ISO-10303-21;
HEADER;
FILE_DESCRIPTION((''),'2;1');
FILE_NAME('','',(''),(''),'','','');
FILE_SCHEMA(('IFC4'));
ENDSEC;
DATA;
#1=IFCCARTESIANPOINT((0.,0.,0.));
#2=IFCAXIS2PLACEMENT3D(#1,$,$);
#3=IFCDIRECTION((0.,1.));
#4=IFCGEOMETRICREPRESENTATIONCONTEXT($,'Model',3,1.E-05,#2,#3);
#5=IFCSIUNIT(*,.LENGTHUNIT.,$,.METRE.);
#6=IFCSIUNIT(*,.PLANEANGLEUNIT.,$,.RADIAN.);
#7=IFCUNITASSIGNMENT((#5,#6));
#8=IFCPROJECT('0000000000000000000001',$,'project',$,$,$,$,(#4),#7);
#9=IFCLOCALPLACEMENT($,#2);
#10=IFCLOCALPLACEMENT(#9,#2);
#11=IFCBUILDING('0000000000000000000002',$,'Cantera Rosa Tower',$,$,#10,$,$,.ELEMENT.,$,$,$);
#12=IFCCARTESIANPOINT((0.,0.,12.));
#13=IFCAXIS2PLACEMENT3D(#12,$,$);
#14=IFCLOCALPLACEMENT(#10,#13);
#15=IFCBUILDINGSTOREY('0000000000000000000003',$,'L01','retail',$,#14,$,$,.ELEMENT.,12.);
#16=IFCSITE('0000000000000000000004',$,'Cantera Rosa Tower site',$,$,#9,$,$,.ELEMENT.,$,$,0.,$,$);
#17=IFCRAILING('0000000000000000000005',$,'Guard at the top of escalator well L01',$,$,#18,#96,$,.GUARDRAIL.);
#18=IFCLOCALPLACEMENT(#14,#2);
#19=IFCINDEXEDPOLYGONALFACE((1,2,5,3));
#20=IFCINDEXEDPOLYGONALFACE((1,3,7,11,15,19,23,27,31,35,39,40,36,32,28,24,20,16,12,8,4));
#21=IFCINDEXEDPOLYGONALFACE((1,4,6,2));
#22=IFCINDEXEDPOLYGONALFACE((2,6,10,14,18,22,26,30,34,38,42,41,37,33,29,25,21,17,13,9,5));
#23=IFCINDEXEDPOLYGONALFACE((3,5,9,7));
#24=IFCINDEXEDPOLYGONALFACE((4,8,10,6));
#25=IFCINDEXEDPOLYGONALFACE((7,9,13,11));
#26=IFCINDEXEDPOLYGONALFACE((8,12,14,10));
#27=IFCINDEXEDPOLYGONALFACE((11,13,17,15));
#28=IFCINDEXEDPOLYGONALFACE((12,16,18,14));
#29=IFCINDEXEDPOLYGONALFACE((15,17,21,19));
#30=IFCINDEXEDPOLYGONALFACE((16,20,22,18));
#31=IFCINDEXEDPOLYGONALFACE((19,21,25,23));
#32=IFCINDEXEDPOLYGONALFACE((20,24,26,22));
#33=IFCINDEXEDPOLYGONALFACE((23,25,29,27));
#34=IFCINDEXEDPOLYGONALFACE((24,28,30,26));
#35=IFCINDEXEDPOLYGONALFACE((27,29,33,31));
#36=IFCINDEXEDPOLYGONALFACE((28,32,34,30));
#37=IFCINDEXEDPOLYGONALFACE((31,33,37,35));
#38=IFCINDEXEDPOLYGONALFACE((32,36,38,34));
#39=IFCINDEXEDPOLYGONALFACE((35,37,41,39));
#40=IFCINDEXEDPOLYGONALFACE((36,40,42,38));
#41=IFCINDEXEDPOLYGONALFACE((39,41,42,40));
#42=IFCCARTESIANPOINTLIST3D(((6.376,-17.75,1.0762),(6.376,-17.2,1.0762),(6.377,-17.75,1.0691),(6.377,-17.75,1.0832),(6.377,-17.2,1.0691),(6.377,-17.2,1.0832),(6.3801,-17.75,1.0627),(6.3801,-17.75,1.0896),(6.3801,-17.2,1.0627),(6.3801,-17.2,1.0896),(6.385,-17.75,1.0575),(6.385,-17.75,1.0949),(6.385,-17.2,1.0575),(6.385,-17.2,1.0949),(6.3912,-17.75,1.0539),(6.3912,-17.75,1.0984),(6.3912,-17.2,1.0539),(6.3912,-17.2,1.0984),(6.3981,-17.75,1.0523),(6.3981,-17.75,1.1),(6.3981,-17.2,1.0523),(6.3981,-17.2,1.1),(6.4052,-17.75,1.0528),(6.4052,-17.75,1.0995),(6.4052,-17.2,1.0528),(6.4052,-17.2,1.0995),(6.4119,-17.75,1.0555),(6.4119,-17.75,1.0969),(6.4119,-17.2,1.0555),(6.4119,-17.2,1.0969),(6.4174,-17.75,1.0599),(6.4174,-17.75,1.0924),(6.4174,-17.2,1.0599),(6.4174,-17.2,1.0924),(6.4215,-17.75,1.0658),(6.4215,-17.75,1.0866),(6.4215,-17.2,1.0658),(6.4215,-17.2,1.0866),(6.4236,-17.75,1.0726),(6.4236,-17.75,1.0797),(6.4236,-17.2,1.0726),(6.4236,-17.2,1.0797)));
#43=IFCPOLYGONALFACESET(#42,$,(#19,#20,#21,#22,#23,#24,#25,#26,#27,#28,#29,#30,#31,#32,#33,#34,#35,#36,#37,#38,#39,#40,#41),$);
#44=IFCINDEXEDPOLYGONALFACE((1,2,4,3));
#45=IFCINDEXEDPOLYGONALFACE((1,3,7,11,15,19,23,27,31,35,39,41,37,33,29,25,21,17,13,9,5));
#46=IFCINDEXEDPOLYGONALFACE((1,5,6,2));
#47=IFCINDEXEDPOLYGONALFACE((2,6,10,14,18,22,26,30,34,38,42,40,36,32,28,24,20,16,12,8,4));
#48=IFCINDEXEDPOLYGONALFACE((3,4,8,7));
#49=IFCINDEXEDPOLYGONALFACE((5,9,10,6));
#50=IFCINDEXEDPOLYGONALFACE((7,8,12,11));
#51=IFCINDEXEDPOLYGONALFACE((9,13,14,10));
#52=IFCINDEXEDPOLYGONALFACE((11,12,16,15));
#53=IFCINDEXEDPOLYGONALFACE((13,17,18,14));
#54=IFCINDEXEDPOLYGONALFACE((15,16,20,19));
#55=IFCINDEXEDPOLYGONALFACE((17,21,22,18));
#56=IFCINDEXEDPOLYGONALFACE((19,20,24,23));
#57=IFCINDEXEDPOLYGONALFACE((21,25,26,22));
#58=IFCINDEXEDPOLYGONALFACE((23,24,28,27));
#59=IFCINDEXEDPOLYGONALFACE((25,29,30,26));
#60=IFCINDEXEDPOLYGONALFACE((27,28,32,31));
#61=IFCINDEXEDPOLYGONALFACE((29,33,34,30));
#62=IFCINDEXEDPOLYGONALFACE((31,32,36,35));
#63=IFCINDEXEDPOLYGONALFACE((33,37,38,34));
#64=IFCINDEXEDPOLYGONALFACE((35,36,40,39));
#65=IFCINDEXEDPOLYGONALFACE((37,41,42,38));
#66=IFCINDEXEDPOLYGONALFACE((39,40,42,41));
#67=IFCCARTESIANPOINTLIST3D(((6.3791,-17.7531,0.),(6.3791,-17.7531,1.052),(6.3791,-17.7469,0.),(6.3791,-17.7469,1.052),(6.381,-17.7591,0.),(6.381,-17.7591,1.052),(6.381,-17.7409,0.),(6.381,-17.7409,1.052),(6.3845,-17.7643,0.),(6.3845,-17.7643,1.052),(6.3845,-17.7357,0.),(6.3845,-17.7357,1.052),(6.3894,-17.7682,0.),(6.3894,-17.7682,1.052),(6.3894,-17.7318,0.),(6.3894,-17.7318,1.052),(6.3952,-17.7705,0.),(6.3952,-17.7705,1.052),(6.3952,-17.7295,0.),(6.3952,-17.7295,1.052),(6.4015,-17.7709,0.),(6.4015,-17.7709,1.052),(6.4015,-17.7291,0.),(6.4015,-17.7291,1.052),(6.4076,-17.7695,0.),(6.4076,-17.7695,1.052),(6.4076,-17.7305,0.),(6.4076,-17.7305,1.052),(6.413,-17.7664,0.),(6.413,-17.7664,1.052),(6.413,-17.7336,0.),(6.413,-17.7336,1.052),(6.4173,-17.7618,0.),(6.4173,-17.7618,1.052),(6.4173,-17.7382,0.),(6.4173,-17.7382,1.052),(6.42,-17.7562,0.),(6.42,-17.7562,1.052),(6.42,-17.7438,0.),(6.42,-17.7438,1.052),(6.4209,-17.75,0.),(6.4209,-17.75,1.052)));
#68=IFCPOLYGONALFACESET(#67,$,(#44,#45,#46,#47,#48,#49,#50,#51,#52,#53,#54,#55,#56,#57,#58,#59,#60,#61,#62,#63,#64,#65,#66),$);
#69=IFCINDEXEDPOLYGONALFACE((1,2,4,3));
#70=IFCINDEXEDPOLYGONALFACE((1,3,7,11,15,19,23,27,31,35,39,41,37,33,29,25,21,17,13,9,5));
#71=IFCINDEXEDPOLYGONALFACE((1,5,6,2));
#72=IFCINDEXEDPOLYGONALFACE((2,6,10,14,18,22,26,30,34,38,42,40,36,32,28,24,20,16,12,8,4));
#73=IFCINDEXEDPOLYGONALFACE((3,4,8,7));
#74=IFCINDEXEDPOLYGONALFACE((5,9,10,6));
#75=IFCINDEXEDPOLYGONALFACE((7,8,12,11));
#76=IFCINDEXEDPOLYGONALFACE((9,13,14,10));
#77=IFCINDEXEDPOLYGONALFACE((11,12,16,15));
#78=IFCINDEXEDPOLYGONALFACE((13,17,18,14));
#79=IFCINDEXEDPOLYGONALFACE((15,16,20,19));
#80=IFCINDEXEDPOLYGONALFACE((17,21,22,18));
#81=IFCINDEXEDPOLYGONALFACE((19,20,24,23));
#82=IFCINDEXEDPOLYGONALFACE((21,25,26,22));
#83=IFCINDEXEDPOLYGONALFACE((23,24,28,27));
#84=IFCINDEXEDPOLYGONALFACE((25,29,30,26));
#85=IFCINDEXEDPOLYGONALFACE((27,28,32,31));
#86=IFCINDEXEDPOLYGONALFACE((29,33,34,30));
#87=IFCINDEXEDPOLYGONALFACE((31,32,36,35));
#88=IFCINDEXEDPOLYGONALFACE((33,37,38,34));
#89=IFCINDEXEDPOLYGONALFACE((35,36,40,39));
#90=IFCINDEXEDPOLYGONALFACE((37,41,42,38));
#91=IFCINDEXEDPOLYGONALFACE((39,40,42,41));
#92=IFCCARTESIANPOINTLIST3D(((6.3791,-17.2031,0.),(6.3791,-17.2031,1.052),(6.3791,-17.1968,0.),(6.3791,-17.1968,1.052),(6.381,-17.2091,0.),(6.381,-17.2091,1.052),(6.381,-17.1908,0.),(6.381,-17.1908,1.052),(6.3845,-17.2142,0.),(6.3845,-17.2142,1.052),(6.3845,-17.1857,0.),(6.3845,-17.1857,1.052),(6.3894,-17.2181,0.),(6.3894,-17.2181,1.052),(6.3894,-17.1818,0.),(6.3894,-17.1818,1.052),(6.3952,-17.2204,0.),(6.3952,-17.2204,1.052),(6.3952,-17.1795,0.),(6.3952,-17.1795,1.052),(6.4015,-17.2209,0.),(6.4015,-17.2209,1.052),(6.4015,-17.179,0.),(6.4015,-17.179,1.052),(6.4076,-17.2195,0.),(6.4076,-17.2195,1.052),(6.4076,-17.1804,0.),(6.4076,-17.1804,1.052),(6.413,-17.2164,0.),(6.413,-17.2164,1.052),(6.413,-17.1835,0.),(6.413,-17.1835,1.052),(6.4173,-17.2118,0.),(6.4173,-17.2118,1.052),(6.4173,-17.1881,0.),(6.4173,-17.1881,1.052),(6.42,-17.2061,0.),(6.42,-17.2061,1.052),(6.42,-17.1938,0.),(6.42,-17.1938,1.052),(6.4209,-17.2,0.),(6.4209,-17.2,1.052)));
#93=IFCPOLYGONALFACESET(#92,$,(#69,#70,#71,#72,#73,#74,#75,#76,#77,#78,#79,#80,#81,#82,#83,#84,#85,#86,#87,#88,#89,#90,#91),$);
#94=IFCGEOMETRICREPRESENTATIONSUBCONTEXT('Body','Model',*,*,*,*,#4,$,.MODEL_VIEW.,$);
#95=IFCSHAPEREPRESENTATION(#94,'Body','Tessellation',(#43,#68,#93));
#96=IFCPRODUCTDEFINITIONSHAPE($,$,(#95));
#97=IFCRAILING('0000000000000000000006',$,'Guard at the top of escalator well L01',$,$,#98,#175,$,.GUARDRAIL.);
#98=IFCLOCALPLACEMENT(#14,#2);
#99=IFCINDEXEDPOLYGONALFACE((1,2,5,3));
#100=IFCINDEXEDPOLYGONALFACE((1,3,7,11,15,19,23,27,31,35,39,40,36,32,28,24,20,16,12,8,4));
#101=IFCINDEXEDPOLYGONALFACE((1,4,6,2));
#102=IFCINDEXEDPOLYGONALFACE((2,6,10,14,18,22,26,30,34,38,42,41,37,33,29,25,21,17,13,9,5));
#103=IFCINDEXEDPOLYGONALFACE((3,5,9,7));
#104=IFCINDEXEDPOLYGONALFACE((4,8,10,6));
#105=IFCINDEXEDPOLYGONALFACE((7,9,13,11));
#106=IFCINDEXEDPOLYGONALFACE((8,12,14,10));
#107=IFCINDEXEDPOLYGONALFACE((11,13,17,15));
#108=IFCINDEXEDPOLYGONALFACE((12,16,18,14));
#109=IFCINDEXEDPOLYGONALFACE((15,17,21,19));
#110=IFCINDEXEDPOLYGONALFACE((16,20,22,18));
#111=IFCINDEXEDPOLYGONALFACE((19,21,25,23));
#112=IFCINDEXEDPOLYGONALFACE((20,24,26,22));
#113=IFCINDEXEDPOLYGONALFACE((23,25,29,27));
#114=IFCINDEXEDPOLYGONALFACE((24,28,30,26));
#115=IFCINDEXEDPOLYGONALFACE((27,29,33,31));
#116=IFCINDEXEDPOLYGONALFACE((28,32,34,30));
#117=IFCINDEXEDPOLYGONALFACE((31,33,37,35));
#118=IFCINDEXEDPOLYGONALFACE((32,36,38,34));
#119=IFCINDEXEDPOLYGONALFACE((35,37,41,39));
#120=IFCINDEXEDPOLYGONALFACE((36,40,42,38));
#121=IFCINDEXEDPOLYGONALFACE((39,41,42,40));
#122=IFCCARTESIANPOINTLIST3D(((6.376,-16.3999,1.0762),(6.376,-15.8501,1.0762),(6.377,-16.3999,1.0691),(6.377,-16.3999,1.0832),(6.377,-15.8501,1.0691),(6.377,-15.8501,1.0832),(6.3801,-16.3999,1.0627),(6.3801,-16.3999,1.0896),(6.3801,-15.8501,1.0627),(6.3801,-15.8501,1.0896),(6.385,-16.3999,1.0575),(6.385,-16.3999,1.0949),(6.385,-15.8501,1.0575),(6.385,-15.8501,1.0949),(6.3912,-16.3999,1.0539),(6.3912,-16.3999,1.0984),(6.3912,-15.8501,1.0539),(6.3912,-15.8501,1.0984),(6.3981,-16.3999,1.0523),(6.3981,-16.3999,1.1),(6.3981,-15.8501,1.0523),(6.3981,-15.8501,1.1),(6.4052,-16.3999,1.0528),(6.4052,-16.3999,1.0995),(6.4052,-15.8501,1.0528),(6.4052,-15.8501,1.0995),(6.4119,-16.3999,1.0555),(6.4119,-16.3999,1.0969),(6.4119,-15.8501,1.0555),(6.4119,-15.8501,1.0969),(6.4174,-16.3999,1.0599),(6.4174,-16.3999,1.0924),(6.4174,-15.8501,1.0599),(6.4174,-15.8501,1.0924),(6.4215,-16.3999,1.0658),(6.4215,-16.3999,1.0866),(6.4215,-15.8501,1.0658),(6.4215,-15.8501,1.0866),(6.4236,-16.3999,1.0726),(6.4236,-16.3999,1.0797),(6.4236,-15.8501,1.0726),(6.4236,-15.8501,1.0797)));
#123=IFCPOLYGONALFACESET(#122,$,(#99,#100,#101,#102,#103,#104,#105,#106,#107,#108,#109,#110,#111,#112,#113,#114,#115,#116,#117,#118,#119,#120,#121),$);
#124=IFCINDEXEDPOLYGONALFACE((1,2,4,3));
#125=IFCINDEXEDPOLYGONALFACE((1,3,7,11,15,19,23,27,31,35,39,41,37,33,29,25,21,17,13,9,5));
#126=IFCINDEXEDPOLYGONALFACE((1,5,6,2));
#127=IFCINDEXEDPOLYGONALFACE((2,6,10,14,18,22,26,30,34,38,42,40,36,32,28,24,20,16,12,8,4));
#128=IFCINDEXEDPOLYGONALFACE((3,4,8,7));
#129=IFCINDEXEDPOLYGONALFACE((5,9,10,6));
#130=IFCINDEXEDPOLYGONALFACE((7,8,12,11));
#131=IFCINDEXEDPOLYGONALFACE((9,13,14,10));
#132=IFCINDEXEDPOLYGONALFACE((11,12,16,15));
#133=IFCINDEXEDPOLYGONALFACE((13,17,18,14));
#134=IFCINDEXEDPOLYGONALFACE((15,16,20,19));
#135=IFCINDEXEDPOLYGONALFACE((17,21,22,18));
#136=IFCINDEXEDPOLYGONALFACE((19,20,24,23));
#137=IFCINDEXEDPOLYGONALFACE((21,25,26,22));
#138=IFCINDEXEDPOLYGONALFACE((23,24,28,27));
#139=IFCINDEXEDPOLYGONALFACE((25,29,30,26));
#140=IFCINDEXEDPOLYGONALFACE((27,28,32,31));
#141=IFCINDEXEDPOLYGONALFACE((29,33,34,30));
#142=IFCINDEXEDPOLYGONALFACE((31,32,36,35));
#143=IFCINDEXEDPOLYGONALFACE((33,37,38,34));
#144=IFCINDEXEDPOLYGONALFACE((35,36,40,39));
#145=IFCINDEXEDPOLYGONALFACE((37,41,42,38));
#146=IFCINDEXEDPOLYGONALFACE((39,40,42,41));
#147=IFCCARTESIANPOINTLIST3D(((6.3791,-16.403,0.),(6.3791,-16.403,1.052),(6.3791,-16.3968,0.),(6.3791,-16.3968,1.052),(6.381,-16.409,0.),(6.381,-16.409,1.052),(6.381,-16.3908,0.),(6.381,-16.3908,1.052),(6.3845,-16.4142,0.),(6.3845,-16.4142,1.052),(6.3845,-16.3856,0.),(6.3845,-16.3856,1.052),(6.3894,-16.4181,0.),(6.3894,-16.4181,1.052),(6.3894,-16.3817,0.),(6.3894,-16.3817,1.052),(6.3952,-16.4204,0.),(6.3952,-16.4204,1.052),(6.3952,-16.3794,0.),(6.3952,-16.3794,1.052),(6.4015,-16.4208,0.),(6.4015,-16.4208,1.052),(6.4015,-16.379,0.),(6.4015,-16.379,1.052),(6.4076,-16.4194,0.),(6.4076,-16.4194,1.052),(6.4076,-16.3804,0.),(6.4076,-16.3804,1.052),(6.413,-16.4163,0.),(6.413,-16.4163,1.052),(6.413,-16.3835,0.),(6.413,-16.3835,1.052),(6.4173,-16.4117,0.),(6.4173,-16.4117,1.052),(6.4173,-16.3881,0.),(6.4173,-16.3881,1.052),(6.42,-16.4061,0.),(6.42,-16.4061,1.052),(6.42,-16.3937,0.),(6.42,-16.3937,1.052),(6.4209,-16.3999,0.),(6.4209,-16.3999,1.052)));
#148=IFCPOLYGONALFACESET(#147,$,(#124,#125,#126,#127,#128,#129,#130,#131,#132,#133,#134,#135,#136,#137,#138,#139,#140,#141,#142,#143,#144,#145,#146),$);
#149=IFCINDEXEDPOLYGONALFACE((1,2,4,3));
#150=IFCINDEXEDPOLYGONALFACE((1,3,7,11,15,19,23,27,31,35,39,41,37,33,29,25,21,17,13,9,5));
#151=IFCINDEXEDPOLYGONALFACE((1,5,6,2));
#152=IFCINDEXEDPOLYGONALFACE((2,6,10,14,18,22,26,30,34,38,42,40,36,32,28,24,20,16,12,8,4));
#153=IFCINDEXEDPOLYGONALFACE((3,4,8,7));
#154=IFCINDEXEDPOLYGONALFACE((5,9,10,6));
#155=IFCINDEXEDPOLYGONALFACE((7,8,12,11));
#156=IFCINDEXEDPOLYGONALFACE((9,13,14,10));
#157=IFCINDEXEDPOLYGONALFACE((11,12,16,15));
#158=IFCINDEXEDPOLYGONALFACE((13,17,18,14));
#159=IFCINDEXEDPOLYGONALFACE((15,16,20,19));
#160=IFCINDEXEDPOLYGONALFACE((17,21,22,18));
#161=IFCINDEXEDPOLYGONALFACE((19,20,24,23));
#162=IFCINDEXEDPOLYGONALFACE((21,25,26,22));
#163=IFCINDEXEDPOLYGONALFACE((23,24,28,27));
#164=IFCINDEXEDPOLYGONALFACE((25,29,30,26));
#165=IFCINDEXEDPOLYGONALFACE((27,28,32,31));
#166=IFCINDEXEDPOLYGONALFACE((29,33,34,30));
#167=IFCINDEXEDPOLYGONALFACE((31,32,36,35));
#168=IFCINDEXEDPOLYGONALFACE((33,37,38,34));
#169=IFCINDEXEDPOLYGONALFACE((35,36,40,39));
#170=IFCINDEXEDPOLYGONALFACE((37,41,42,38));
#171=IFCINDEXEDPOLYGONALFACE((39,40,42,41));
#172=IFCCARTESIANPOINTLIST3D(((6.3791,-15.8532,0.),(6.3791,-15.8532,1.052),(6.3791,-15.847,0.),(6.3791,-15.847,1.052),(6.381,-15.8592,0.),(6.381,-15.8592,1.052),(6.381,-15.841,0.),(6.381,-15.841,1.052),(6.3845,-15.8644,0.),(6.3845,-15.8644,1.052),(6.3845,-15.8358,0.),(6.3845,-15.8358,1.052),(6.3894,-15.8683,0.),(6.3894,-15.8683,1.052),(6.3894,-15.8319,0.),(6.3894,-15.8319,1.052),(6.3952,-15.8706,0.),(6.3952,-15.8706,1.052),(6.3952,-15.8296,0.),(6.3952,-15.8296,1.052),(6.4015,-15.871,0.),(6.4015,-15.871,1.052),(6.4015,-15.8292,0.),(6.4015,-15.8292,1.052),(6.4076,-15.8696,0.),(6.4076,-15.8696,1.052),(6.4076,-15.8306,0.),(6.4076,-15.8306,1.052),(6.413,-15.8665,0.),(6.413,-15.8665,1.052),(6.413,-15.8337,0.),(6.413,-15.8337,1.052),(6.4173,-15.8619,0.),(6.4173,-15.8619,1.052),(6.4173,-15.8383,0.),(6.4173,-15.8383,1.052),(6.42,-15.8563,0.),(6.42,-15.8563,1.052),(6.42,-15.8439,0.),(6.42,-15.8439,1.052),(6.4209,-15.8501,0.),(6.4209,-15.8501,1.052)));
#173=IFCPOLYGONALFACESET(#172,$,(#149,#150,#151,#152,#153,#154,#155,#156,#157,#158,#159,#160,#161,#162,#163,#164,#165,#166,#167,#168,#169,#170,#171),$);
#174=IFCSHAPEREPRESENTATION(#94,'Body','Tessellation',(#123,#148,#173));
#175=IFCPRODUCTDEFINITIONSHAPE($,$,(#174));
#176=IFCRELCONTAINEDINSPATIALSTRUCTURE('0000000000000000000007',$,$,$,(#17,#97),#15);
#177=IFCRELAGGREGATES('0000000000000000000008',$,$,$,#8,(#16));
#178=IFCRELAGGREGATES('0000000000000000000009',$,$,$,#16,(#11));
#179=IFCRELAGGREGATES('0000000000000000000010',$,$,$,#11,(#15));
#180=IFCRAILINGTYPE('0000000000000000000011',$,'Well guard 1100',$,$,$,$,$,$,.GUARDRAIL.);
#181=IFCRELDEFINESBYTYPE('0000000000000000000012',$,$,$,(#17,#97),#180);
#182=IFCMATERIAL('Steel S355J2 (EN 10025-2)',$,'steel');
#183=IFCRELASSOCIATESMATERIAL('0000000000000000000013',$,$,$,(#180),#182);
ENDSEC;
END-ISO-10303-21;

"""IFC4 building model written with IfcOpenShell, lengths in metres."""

from ifc_helpers import new_model, si_unit, direction, frame, origin, origin_2d, place, context, subcontext, project, spatial, circle, extrude, material, type_object, element, save


model = new_model("IFC4")

# Units and contexts
model_context = context("Model", 3, precision=1e-05, world=origin(), true_north=direction((0.0, 1.0)))
body_context = subcontext(model_context, "Body", "Model", "MODEL_VIEW")
ifc_project = project(units=[si_unit("LENGTHUNIT", "METRE"), si_unit("PLANEANGLEUNIT", "RADIAN")], contexts=[model_context])

# Site, building, storey
site_placement = place(None, origin())
site = spatial("IfcSite", under=ifc_project, at=site_placement, Name="Cantera Rosa Tower site", CompositionType="ELEMENT", RefElevation=0.0)
building_placement = place(site_placement, origin())
building = spatial("IfcBuilding", under=site, at=building_placement, Name="Cantera Rosa Tower", CompositionType="ELEMENT")
storey_placement = place(building_placement, frame((0.0, 0.0, 12.0)))
storey = spatial("IfcBuildingStorey", under=building, at=storey_placement, Name="L01", Description="retail", CompositionType="ELEMENT", Elevation=12.0)

# Railings
ifc_material_1 = material(Name="Steel S355J2 (EN 10025-2)", Category="steel")
railing_type_1 = type_object("IfcRailingType", Name="Well guard 1100", PredefinedType="GUARDRAIL", material=ifc_material_1)
railing_1_placement = place(storey_placement, frame((6.3999, -17.75, 0.0)))
element("IfcRailing", 1, at=railing_1_placement, inside=storey, type_object=railing_type_1, Name="Guard at the top of escalator well L01", PredefinedType="GUARDRAIL", context=body_context, shape_type="SweptSolid", body=[
    extrude(circle(Radius=0.0239, at=origin_2d()), frame((0.0, 0.0, 1.0762), z_axis=(0.0, 1.0, 0.0), x_axis=(-1.0, 0.0, 0.0)), (0.0, 0.0, 1.0), 0.55),
    extrude(circle(Radius=0.021, at=origin_2d()), origin(), (0.0, 0.0, 1.0), 1.052),
    extrude(circle(Radius=0.021, at=origin_2d()), frame((0.0, 0.55, 0.0)), (0.0, 0.0, 1.0), 1.052),
])
railing_2_placement = place(storey_placement, frame((6.3999, -16.3999, 0.0)))
element("IfcRailing", 2, at=railing_2_placement, inside=storey, type_object=railing_type_1, Name="Guard at the top of escalator well L01", PredefinedType="GUARDRAIL", context=body_context, shape_type="SweptSolid", body=[
    extrude(circle(Radius=0.0239, at=origin_2d()), frame((0.0, 0.0, 1.0762), z_axis=(0.0, 1.0, 0.0), x_axis=(-1.0, 0.0, 0.0)), (0.0, 0.0, 1.0), 0.5498),
    extrude(circle(Radius=0.021, at=origin_2d()), origin(), (0.0, 0.0, 1.0), 1.052),
    extrude(circle(Radius=0.021, at=origin_2d()), frame((0.0, 0.5498, 0.0)), (0.0, 0.0, 1.0), 1.052),
])

save(model, "model.ifc")
